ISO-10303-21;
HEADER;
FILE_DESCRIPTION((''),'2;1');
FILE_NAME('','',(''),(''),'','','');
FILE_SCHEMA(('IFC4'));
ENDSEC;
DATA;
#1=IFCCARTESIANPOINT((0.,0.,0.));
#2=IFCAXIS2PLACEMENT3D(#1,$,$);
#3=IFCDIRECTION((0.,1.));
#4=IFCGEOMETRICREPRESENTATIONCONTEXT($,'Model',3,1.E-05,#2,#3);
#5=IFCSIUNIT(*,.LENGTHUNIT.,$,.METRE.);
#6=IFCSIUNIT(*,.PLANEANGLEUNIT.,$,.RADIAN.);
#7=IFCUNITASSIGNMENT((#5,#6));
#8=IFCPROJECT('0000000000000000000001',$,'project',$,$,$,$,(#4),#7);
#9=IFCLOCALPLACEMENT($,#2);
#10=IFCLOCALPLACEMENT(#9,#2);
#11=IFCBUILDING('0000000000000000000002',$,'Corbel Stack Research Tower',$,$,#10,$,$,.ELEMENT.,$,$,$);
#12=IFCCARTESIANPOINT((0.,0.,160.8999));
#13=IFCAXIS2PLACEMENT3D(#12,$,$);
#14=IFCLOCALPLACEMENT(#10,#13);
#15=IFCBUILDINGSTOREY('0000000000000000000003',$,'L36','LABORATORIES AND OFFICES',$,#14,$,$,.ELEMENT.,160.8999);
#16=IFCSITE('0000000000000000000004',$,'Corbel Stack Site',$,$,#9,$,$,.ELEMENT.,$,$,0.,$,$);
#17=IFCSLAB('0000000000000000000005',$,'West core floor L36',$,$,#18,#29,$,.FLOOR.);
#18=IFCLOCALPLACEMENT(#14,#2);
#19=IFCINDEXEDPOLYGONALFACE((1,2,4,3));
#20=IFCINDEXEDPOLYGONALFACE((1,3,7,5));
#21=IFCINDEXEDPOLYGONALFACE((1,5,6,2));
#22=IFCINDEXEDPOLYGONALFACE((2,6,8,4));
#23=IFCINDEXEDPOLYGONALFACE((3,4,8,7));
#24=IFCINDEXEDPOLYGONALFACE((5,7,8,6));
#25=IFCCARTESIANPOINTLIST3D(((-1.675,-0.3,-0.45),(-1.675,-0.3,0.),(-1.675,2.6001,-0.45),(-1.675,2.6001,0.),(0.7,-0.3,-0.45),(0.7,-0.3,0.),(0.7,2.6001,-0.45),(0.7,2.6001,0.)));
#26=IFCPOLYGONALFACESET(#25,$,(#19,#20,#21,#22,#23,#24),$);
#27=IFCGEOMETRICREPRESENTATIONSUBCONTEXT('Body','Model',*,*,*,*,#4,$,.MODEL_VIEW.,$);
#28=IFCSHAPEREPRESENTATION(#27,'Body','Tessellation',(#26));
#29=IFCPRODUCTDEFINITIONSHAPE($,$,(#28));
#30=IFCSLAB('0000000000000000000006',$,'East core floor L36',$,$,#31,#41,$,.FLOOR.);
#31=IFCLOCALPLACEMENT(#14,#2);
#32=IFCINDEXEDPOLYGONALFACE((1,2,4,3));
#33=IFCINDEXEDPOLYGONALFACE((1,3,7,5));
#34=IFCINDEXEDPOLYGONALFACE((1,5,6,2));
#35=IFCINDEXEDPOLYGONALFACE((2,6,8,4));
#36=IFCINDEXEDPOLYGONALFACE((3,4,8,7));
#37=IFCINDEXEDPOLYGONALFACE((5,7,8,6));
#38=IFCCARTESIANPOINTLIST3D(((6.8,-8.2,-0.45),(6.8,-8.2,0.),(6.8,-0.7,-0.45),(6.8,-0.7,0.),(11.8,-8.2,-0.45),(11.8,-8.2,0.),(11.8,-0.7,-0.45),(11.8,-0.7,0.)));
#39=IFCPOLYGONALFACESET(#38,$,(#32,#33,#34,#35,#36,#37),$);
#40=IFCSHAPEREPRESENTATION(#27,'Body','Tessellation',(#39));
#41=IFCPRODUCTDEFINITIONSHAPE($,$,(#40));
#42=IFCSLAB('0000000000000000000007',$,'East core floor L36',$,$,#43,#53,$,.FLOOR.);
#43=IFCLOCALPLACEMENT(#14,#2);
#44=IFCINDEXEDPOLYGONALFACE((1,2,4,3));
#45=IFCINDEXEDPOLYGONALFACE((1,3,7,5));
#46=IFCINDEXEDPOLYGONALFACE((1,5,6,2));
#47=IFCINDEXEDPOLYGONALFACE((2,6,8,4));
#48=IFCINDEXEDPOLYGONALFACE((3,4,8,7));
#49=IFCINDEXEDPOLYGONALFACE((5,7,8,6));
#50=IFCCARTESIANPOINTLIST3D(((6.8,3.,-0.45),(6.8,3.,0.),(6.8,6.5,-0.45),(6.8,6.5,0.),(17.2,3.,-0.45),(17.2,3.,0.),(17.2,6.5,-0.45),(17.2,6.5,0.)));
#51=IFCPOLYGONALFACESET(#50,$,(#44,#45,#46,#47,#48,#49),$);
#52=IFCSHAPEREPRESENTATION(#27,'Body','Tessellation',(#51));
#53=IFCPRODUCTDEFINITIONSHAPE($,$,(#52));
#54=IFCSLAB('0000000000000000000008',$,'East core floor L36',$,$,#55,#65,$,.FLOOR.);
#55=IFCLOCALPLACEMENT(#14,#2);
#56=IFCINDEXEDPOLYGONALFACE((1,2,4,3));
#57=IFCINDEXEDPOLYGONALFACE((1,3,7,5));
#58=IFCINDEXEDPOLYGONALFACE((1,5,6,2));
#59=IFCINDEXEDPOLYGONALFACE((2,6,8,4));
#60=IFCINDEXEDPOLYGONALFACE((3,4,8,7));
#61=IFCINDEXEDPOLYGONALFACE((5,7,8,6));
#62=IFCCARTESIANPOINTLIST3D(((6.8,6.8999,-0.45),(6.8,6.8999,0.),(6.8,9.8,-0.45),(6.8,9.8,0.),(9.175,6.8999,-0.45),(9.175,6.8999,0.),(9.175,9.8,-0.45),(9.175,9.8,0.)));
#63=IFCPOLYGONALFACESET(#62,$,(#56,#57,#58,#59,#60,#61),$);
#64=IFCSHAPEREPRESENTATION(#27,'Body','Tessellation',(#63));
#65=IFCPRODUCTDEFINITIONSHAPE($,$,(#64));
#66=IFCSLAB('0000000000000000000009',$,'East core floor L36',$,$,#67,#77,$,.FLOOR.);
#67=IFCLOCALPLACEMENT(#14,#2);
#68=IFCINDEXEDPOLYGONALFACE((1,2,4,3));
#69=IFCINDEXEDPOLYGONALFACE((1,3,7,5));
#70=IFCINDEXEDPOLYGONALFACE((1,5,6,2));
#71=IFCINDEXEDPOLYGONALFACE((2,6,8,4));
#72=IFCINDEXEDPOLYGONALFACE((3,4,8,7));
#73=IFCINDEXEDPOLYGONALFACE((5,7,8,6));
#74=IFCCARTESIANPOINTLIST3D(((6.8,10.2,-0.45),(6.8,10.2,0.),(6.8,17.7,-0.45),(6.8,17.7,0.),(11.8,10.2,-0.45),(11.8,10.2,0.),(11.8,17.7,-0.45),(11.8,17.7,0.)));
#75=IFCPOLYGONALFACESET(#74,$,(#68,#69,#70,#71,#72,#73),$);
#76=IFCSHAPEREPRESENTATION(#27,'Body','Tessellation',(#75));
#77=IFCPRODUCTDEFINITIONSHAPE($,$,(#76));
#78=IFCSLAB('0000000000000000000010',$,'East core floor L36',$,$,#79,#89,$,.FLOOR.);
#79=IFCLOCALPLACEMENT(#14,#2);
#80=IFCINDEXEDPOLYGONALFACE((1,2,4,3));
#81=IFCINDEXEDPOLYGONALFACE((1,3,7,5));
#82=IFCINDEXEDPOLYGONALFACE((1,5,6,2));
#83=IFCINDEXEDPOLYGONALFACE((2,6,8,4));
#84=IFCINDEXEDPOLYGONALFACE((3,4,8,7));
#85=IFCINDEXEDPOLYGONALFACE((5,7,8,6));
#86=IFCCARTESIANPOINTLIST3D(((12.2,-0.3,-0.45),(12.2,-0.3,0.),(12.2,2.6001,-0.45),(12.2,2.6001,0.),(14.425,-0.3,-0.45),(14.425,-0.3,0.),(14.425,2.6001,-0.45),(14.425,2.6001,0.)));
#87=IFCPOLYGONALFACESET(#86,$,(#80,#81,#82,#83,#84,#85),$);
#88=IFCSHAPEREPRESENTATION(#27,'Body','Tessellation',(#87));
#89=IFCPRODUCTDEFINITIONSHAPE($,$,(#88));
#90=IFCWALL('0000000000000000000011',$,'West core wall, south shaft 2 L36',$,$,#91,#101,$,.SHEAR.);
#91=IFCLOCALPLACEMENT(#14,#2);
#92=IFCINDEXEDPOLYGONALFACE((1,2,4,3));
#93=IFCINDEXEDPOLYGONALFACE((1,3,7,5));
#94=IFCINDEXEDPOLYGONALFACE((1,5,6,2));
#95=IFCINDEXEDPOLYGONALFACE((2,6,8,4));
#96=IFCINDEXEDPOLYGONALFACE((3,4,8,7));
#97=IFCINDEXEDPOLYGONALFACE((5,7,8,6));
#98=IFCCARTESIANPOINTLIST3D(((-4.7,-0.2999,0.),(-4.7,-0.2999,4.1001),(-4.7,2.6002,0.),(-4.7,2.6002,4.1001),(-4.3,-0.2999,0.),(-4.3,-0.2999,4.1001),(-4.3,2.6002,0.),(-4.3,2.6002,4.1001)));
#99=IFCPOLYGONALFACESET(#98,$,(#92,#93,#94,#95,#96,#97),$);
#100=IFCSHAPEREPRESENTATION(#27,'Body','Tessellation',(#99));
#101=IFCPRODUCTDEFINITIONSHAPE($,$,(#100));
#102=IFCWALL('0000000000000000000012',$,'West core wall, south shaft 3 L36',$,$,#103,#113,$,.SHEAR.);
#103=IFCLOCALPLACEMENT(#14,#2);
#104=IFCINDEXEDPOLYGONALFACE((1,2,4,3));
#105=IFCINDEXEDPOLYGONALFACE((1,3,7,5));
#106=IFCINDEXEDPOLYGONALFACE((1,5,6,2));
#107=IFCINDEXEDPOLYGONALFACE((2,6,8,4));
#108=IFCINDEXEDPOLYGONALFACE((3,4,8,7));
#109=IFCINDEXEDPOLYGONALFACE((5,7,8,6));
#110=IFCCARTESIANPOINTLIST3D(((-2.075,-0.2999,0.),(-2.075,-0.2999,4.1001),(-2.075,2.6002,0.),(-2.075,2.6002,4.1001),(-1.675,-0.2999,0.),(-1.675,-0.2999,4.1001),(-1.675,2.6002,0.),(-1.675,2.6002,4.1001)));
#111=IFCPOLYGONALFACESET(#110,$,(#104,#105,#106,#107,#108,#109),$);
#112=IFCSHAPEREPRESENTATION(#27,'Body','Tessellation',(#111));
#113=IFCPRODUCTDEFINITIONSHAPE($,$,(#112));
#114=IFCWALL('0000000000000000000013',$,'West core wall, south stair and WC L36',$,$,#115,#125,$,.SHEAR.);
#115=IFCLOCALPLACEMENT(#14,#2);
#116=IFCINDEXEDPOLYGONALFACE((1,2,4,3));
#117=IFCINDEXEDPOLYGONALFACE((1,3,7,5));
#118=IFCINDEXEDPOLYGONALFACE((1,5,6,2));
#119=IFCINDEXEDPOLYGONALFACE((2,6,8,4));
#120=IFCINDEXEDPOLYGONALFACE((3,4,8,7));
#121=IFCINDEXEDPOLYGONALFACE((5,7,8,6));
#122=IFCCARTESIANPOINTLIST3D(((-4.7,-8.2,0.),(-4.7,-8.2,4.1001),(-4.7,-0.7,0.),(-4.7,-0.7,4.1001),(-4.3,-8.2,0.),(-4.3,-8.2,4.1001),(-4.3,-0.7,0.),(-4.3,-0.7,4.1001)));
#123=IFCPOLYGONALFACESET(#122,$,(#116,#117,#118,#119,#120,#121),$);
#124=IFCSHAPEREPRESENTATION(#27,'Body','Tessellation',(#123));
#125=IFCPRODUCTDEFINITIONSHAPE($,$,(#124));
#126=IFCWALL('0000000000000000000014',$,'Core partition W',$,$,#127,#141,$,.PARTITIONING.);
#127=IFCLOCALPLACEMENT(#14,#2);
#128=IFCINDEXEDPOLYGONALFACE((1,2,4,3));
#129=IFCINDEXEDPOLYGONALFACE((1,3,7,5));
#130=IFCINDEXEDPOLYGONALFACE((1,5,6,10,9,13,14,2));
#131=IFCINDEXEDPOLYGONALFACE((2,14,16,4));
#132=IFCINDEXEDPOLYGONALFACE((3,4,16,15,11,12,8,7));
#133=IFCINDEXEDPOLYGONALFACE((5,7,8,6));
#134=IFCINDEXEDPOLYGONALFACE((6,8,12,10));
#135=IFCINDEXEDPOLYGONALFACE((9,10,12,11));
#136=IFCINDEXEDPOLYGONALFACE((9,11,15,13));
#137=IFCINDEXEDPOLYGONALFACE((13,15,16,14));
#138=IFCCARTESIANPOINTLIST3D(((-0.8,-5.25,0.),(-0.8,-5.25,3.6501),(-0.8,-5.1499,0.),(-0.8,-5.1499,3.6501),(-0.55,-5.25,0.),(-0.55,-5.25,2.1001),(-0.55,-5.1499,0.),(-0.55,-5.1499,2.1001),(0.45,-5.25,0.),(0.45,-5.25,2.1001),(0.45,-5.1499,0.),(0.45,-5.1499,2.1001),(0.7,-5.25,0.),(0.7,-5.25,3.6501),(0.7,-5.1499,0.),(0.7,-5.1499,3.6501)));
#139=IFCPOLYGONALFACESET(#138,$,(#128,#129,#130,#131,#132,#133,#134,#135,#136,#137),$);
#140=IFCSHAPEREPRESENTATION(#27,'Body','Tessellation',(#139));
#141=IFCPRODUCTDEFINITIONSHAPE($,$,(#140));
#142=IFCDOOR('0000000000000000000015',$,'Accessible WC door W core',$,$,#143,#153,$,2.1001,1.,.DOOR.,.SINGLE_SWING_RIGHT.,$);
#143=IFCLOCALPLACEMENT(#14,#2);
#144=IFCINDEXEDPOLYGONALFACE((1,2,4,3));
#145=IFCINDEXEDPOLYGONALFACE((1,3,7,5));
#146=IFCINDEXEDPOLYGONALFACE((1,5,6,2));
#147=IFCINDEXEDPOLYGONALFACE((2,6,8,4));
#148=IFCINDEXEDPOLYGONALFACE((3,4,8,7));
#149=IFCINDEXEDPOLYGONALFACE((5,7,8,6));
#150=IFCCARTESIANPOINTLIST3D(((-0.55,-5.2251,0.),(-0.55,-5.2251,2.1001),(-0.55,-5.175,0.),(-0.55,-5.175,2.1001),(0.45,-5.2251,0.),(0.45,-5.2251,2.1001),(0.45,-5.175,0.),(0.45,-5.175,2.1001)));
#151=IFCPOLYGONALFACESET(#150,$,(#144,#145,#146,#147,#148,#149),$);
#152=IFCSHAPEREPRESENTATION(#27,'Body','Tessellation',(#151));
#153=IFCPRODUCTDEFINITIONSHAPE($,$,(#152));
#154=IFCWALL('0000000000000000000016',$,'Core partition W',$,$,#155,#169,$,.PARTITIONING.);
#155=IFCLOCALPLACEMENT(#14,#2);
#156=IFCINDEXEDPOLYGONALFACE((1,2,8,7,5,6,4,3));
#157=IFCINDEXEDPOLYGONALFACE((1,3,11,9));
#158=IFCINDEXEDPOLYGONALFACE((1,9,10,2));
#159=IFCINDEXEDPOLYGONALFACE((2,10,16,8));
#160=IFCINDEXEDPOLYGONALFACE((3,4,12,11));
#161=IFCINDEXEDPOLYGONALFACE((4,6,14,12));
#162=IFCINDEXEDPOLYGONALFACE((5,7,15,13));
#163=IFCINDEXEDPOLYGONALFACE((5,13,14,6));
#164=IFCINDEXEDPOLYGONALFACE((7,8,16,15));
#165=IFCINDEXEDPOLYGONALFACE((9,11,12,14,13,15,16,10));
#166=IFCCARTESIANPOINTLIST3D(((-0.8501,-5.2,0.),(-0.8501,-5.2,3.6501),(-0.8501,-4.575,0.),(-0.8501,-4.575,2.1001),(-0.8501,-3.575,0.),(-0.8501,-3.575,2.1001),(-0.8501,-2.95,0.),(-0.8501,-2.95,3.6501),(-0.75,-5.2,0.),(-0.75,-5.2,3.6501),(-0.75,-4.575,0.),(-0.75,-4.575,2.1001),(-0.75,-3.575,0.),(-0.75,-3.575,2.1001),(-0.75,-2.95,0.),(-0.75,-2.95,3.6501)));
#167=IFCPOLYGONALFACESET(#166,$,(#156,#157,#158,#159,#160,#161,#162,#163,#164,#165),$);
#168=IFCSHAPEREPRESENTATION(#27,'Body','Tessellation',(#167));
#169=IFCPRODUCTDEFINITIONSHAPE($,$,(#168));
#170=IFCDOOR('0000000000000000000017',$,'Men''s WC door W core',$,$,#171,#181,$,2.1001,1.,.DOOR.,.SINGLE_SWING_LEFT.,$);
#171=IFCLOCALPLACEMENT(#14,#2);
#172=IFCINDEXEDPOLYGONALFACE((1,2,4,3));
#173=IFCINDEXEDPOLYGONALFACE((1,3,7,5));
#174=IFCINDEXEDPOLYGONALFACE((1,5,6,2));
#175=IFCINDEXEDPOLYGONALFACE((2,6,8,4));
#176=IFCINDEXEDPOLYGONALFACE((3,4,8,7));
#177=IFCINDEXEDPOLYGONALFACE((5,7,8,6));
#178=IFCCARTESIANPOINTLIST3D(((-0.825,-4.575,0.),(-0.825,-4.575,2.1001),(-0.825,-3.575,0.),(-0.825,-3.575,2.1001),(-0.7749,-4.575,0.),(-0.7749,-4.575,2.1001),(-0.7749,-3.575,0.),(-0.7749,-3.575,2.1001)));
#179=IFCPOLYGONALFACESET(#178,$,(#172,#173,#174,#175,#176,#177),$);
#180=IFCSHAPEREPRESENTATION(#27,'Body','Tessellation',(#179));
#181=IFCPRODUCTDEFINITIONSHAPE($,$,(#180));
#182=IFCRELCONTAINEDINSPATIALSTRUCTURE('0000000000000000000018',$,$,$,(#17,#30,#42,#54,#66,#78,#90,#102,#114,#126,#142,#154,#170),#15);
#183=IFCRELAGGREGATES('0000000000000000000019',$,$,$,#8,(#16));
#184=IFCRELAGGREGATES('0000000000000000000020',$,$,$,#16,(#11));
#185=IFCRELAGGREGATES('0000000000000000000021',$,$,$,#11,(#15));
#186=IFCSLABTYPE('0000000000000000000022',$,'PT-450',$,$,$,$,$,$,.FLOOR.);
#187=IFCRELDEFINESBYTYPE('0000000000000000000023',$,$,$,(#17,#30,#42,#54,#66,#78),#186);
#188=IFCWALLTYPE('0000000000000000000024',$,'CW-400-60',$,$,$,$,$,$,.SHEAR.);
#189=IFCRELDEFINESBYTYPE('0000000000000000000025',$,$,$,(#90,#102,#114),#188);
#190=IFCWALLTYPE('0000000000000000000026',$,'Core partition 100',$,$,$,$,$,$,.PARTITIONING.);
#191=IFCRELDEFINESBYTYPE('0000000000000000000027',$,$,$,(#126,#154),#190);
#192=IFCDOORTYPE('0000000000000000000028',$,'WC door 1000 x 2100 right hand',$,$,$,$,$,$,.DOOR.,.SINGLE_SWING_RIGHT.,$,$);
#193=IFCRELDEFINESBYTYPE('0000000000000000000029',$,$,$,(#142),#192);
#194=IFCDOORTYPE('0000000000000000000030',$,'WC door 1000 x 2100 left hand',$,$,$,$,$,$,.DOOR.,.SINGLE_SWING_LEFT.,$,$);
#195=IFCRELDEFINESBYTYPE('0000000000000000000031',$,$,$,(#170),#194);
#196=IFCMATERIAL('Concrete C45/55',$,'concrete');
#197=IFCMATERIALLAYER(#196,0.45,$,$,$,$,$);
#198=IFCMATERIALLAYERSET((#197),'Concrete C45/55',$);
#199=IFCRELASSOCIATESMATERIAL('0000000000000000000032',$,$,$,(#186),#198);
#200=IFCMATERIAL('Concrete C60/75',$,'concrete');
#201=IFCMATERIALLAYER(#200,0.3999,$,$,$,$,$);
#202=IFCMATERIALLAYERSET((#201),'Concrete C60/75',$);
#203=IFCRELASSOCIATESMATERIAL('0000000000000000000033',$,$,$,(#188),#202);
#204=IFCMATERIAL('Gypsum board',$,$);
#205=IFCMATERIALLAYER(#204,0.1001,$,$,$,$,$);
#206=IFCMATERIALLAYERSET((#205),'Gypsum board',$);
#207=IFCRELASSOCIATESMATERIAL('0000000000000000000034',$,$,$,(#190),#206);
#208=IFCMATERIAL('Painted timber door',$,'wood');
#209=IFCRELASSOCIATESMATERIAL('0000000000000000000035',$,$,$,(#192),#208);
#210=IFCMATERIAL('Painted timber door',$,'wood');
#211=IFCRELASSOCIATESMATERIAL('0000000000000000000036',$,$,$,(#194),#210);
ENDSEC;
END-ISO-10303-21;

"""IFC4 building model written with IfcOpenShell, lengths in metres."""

from ifc_helpers import new_model, si_unit, direction, frame, frame_2d, origin, place, context, subcontext, project, spatial, polyline, rectangle, outline, extrude, material, layer, layer_set, type_object, element, fill, save


model = new_model("IFC4")

# Units and contexts
model_context = context("Model", 3, precision=1e-05, world=origin(), true_north=direction((0.0, 1.0)))
body_context = subcontext(model_context, "Body", "Model", "MODEL_VIEW")
ifc_project = project(units=[si_unit("LENGTHUNIT", "METRE"), si_unit("PLANEANGLEUNIT", "RADIAN")], contexts=[model_context])

# Site, building, storey
site_placement = place(None, origin())
site = spatial("IfcSite", under=ifc_project, at=site_placement, Name="Corbel Stack Site", CompositionType="ELEMENT", RefElevation=0.0)
building_placement = place(site_placement, origin())
building = spatial("IfcBuilding", under=site, at=building_placement, Name="Corbel Stack Research Tower", CompositionType="ELEMENT")
storey_placement = place(building_placement, frame((0.0, 0.0, 160.8999)))
storey = spatial("IfcBuildingStorey", under=building, at=storey_placement, Name="L36", Description="LABORATORIES AND OFFICES", CompositionType="ELEMENT", Elevation=160.8999)

# Slabs
ifc_material_1 = material(Name="Concrete C45/55", Category="concrete")
ifc_layer_1 = layer(ifc_material_1, 0.45)
ifc_layer_set_1 = layer_set([ifc_layer_1], Name="Concrete C45/55")
slab_type = type_object("IfcSlabType", Name="PT-450", PredefinedType="FLOOR", material=ifc_layer_set_1)
slab_1_placement = place(storey_placement, frame((0.0, 0.0, -0.45)))
element("IfcSlab", 1, at=slab_1_placement, inside=storey, type_object=slab_type, Name="West core floor L36", PredefinedType="FLOOR", context=body_context, shape_type="SweptSolid", body=[
    extrude(outline(polyline([(0.7, -0.3), (0.7, 2.6001), (-1.675, 2.6001), (-1.675, -0.3), (0.7, -0.3)])), origin(), (0.0, 0.0, 1.0), 0.45),
])
slab_2_placement = place(storey_placement, frame((0.0, 0.0, -0.45)))
element("IfcSlab", 2, at=slab_2_placement, inside=storey, type_object=slab_type, Name="East core floor L36", PredefinedType="FLOOR", context=body_context, shape_type="SweptSolid", body=[
    extrude(outline(polyline([(6.8, -0.7), (6.8, -8.2), (11.8, -8.2), (11.8, -0.7), (6.8, -0.7)])), origin(), (0.0, 0.0, 1.0), 0.45),
])
slab_3_placement = place(storey_placement, frame((0.0, 0.0, -0.45)))
element("IfcSlab", 3, at=slab_3_placement, inside=storey, type_object=slab_type, Name="East core floor L36", PredefinedType="FLOOR", context=body_context, shape_type="SweptSolid", body=[
    extrude(outline(polyline([(17.2, 6.5), (6.8, 6.5), (6.8, 3.0), (17.2, 3.0), (17.2, 6.5)])), origin(), (0.0, 0.0, 1.0), 0.45),
])
slab_4_placement = place(storey_placement, frame((0.0, 0.0, -0.45)))
element("IfcSlab", 4, at=slab_4_placement, inside=storey, type_object=slab_type, Name="East core floor L36", PredefinedType="FLOOR", context=body_context, shape_type="SweptSolid", body=[
    extrude(outline(polyline([(6.8, 6.8999), (9.175, 6.8999), (9.175, 9.8), (6.8, 9.8), (6.8, 6.8999)])), origin(), (0.0, 0.0, 1.0), 0.45),
])
slab_5_placement = place(storey_placement, frame((0.0, 0.0, -0.45)))
element("IfcSlab", 5, at=slab_5_placement, inside=storey, type_object=slab_type, Name="East core floor L36", PredefinedType="FLOOR", context=body_context, shape_type="SweptSolid", body=[
    extrude(outline(polyline([(6.8, 17.7), (6.8, 10.2), (11.8, 10.2), (11.8, 17.7), (6.8, 17.7)])), origin(), (0.0, 0.0, 1.0), 0.45),
])
slab_6_placement = place(storey_placement, frame((0.0, 0.0, -0.45)))
element("IfcSlab", 6, at=slab_6_placement, inside=storey, type_object=slab_type, Name="East core floor L36", PredefinedType="FLOOR", context=body_context, shape_type="SweptSolid", body=[
    extrude(outline(polyline([(14.425, -0.3), (14.425, 2.6001), (12.2, 2.6001), (12.2, -0.3), (14.425, -0.3)])), origin(), (0.0, 0.0, 1.0), 0.45),
])

# Walls
ifc_material_2 = material(Name="Concrete C60/75", Category="concrete")
ifc_layer_2 = layer(ifc_material_2, 0.3999)
ifc_layer_set_2 = layer_set([ifc_layer_2], Name="Concrete C60/75")
wall_type_1 = type_object("IfcWallType", Name="CW-400-60", PredefinedType="SHEAR", material=ifc_layer_set_2)
for number, where, z_axis, x_axis, name in (
    (7, (-4.5, -0.3, 0.0), (0.0, 0.0, 1.0), (0.0, 1.0, 0.0), "West core wall, south shaft 2 L36"),
    (8, (-1.875, -0.3, 0.0), (0.0, 0.0, 1.0), (0.0, 1.0, 0.0), "West core wall, south shaft 3 L36"),
):
    element("IfcWall", number, at=place(storey_placement, frame(where, z_axis=z_axis, x_axis=x_axis)), inside=storey, type_object=wall_type_1, Name=name, PredefinedType="SHEAR", context=body_context, shape_type="SweptSolid", body=[
        extrude(rectangle(XDim=2.9001, YDim=0.3999, at=frame_2d((1.4502, 0.0))), origin(), (0.0, 0.0, 1.0), 4.1001),
    ])
wall_1_placement = place(storey_placement, frame((-4.5, -8.2, 0.0), z_axis=(0.0, 0.0, 1.0), x_axis=(0.0, 1.0, 0.0)))
element("IfcWall", 9, at=wall_1_placement, inside=storey, type_object=wall_type_1, Name="West core wall, south stair and WC L36", PredefinedType="SHEAR", context=body_context, shape_type="SweptSolid", body=[
    extrude(rectangle(XDim=7.5, YDim=0.3999, at=frame_2d((3.75, 0.0))), origin(), (0.0, 0.0, 1.0), 4.1001),
])

# Walls, openings, doors
ifc_material_3 = material(Name="Gypsum board")
ifc_layer_3 = layer(ifc_material_3, 0.1001)
ifc_layer_set_3 = layer_set([ifc_layer_3], Name="Gypsum board")
wall_type_2 = type_object("IfcWallType", Name="Core partition 100", PredefinedType="PARTITIONING", material=ifc_layer_set_3)
wall_2_placement = place(storey_placement, frame((-0.8, -5.2, 0.0), z_axis=(0.0, 0.0, 1.0), x_axis=(1.0, 0.0, 0.0)))
wall_2 = element("IfcWall", 10, at=wall_2_placement, inside=storey, type_object=wall_type_2, Name="Core partition W", PredefinedType="PARTITIONING", context=body_context, shape_type="SweptSolid", body=[
    extrude(rectangle(XDim=1.5, YDim=0.1001, at=frame_2d((0.75, 0.0))), origin(), (0.0, 0.0, 1.0), 3.6501),
])
opening_1_placement = place(wall_2_placement, frame((0.25, 0.0, 0.0)))
opening_1 = element("IfcOpeningElement", 11, at=opening_1_placement, cuts=wall_2, PredefinedType="OPENING", context=body_context, shape_type="SweptSolid", body=[
    extrude(rectangle(XDim=1.0, YDim=2.1001, at=frame_2d((0.5, 1.05))), frame((0.0, 0.0601, 0.0), z_axis=(0.0, -1.0, 0.0), x_axis=(1.0, 0.0, 0.0)), (0.0, 0.0, 1.0), 0.1201),
])
ifc_material_4 = material(Name="Painted timber door", Category="wood")
door_type_1 = type_object("IfcDoorType", Name="WC door 1000 x 2100 right hand", OperationType="SINGLE_SWING_RIGHT", PredefinedType="DOOR", material=ifc_material_4)
door_1_placement = place(opening_1_placement, origin())
door_1 = element("IfcDoor", 12, at=door_1_placement, inside=storey, type_object=door_type_1, Name="Accessible WC door W core", OperationType="SINGLE_SWING_RIGHT", OverallHeight=2.1001, OverallWidth=1.0, PredefinedType="DOOR", context=body_context, shape_type="SweptSolid", body=[
    extrude(rectangle(XDim=1.0, YDim=2.1001, at=frame_2d((0.5, 1.05))), frame((0.0, 0.0249, 0.0), z_axis=(0.0, -1.0, 0.0), x_axis=(1.0, 0.0, 0.0)), (0.0, 0.0, 1.0), 0.05),
])
fill(opening_1, door_1)
wall_3_placement = place(storey_placement, frame((-0.8, -5.2, 0.0), z_axis=(0.0, 0.0, 1.0), x_axis=(0.0, 1.0, 0.0)))
wall_3 = element("IfcWall", 13, at=wall_3_placement, inside=storey, type_object=wall_type_2, Name="Core partition W", PredefinedType="PARTITIONING", context=body_context, shape_type="SweptSolid", body=[
    extrude(rectangle(XDim=2.25, YDim=0.1001, at=frame_2d((1.125, 0.0))), origin(), (0.0, 0.0, 1.0), 3.6501),
])
opening_2_placement = place(wall_3_placement, frame((0.625, 0.0, 0.0)))
opening_2 = element("IfcOpeningElement", 14, at=opening_2_placement, cuts=wall_3, PredefinedType="OPENING", context=body_context, shape_type="SweptSolid", body=[
    extrude(rectangle(XDim=1.0, YDim=2.1001, at=frame_2d((0.5, 1.05))), frame((0.0, 0.0601, 0.0), z_axis=(0.0, -1.0, 0.0), x_axis=(1.0, 0.0, 0.0)), (0.0, 0.0, 1.0), 0.1201),
])
ifc_material_5 = material(Name="Painted timber door", Category="wood")
door_type_2 = type_object("IfcDoorType", Name="WC door 1000 x 2100 left hand", OperationType="SINGLE_SWING_LEFT", PredefinedType="DOOR", material=ifc_material_5)
door_2_placement = place(opening_2_placement, origin())
door_2 = element("IfcDoor", 15, at=door_2_placement, inside=storey, type_object=door_type_2, Name="Men's WC door W core", OperationType="SINGLE_SWING_LEFT", OverallHeight=2.1001, OverallWidth=1.0, PredefinedType="DOOR", context=body_context, shape_type="SweptSolid", body=[
    extrude(rectangle(XDim=1.0, YDim=2.1001, at=frame_2d((0.5, 1.05))), frame((0.0, 0.0249, 0.0), z_axis=(0.0, -1.0, 0.0), x_axis=(1.0, 0.0, 0.0)), (0.0, 0.0, 1.0), 0.05),
])
fill(opening_2, door_2)

save(model, "model.ifc")
